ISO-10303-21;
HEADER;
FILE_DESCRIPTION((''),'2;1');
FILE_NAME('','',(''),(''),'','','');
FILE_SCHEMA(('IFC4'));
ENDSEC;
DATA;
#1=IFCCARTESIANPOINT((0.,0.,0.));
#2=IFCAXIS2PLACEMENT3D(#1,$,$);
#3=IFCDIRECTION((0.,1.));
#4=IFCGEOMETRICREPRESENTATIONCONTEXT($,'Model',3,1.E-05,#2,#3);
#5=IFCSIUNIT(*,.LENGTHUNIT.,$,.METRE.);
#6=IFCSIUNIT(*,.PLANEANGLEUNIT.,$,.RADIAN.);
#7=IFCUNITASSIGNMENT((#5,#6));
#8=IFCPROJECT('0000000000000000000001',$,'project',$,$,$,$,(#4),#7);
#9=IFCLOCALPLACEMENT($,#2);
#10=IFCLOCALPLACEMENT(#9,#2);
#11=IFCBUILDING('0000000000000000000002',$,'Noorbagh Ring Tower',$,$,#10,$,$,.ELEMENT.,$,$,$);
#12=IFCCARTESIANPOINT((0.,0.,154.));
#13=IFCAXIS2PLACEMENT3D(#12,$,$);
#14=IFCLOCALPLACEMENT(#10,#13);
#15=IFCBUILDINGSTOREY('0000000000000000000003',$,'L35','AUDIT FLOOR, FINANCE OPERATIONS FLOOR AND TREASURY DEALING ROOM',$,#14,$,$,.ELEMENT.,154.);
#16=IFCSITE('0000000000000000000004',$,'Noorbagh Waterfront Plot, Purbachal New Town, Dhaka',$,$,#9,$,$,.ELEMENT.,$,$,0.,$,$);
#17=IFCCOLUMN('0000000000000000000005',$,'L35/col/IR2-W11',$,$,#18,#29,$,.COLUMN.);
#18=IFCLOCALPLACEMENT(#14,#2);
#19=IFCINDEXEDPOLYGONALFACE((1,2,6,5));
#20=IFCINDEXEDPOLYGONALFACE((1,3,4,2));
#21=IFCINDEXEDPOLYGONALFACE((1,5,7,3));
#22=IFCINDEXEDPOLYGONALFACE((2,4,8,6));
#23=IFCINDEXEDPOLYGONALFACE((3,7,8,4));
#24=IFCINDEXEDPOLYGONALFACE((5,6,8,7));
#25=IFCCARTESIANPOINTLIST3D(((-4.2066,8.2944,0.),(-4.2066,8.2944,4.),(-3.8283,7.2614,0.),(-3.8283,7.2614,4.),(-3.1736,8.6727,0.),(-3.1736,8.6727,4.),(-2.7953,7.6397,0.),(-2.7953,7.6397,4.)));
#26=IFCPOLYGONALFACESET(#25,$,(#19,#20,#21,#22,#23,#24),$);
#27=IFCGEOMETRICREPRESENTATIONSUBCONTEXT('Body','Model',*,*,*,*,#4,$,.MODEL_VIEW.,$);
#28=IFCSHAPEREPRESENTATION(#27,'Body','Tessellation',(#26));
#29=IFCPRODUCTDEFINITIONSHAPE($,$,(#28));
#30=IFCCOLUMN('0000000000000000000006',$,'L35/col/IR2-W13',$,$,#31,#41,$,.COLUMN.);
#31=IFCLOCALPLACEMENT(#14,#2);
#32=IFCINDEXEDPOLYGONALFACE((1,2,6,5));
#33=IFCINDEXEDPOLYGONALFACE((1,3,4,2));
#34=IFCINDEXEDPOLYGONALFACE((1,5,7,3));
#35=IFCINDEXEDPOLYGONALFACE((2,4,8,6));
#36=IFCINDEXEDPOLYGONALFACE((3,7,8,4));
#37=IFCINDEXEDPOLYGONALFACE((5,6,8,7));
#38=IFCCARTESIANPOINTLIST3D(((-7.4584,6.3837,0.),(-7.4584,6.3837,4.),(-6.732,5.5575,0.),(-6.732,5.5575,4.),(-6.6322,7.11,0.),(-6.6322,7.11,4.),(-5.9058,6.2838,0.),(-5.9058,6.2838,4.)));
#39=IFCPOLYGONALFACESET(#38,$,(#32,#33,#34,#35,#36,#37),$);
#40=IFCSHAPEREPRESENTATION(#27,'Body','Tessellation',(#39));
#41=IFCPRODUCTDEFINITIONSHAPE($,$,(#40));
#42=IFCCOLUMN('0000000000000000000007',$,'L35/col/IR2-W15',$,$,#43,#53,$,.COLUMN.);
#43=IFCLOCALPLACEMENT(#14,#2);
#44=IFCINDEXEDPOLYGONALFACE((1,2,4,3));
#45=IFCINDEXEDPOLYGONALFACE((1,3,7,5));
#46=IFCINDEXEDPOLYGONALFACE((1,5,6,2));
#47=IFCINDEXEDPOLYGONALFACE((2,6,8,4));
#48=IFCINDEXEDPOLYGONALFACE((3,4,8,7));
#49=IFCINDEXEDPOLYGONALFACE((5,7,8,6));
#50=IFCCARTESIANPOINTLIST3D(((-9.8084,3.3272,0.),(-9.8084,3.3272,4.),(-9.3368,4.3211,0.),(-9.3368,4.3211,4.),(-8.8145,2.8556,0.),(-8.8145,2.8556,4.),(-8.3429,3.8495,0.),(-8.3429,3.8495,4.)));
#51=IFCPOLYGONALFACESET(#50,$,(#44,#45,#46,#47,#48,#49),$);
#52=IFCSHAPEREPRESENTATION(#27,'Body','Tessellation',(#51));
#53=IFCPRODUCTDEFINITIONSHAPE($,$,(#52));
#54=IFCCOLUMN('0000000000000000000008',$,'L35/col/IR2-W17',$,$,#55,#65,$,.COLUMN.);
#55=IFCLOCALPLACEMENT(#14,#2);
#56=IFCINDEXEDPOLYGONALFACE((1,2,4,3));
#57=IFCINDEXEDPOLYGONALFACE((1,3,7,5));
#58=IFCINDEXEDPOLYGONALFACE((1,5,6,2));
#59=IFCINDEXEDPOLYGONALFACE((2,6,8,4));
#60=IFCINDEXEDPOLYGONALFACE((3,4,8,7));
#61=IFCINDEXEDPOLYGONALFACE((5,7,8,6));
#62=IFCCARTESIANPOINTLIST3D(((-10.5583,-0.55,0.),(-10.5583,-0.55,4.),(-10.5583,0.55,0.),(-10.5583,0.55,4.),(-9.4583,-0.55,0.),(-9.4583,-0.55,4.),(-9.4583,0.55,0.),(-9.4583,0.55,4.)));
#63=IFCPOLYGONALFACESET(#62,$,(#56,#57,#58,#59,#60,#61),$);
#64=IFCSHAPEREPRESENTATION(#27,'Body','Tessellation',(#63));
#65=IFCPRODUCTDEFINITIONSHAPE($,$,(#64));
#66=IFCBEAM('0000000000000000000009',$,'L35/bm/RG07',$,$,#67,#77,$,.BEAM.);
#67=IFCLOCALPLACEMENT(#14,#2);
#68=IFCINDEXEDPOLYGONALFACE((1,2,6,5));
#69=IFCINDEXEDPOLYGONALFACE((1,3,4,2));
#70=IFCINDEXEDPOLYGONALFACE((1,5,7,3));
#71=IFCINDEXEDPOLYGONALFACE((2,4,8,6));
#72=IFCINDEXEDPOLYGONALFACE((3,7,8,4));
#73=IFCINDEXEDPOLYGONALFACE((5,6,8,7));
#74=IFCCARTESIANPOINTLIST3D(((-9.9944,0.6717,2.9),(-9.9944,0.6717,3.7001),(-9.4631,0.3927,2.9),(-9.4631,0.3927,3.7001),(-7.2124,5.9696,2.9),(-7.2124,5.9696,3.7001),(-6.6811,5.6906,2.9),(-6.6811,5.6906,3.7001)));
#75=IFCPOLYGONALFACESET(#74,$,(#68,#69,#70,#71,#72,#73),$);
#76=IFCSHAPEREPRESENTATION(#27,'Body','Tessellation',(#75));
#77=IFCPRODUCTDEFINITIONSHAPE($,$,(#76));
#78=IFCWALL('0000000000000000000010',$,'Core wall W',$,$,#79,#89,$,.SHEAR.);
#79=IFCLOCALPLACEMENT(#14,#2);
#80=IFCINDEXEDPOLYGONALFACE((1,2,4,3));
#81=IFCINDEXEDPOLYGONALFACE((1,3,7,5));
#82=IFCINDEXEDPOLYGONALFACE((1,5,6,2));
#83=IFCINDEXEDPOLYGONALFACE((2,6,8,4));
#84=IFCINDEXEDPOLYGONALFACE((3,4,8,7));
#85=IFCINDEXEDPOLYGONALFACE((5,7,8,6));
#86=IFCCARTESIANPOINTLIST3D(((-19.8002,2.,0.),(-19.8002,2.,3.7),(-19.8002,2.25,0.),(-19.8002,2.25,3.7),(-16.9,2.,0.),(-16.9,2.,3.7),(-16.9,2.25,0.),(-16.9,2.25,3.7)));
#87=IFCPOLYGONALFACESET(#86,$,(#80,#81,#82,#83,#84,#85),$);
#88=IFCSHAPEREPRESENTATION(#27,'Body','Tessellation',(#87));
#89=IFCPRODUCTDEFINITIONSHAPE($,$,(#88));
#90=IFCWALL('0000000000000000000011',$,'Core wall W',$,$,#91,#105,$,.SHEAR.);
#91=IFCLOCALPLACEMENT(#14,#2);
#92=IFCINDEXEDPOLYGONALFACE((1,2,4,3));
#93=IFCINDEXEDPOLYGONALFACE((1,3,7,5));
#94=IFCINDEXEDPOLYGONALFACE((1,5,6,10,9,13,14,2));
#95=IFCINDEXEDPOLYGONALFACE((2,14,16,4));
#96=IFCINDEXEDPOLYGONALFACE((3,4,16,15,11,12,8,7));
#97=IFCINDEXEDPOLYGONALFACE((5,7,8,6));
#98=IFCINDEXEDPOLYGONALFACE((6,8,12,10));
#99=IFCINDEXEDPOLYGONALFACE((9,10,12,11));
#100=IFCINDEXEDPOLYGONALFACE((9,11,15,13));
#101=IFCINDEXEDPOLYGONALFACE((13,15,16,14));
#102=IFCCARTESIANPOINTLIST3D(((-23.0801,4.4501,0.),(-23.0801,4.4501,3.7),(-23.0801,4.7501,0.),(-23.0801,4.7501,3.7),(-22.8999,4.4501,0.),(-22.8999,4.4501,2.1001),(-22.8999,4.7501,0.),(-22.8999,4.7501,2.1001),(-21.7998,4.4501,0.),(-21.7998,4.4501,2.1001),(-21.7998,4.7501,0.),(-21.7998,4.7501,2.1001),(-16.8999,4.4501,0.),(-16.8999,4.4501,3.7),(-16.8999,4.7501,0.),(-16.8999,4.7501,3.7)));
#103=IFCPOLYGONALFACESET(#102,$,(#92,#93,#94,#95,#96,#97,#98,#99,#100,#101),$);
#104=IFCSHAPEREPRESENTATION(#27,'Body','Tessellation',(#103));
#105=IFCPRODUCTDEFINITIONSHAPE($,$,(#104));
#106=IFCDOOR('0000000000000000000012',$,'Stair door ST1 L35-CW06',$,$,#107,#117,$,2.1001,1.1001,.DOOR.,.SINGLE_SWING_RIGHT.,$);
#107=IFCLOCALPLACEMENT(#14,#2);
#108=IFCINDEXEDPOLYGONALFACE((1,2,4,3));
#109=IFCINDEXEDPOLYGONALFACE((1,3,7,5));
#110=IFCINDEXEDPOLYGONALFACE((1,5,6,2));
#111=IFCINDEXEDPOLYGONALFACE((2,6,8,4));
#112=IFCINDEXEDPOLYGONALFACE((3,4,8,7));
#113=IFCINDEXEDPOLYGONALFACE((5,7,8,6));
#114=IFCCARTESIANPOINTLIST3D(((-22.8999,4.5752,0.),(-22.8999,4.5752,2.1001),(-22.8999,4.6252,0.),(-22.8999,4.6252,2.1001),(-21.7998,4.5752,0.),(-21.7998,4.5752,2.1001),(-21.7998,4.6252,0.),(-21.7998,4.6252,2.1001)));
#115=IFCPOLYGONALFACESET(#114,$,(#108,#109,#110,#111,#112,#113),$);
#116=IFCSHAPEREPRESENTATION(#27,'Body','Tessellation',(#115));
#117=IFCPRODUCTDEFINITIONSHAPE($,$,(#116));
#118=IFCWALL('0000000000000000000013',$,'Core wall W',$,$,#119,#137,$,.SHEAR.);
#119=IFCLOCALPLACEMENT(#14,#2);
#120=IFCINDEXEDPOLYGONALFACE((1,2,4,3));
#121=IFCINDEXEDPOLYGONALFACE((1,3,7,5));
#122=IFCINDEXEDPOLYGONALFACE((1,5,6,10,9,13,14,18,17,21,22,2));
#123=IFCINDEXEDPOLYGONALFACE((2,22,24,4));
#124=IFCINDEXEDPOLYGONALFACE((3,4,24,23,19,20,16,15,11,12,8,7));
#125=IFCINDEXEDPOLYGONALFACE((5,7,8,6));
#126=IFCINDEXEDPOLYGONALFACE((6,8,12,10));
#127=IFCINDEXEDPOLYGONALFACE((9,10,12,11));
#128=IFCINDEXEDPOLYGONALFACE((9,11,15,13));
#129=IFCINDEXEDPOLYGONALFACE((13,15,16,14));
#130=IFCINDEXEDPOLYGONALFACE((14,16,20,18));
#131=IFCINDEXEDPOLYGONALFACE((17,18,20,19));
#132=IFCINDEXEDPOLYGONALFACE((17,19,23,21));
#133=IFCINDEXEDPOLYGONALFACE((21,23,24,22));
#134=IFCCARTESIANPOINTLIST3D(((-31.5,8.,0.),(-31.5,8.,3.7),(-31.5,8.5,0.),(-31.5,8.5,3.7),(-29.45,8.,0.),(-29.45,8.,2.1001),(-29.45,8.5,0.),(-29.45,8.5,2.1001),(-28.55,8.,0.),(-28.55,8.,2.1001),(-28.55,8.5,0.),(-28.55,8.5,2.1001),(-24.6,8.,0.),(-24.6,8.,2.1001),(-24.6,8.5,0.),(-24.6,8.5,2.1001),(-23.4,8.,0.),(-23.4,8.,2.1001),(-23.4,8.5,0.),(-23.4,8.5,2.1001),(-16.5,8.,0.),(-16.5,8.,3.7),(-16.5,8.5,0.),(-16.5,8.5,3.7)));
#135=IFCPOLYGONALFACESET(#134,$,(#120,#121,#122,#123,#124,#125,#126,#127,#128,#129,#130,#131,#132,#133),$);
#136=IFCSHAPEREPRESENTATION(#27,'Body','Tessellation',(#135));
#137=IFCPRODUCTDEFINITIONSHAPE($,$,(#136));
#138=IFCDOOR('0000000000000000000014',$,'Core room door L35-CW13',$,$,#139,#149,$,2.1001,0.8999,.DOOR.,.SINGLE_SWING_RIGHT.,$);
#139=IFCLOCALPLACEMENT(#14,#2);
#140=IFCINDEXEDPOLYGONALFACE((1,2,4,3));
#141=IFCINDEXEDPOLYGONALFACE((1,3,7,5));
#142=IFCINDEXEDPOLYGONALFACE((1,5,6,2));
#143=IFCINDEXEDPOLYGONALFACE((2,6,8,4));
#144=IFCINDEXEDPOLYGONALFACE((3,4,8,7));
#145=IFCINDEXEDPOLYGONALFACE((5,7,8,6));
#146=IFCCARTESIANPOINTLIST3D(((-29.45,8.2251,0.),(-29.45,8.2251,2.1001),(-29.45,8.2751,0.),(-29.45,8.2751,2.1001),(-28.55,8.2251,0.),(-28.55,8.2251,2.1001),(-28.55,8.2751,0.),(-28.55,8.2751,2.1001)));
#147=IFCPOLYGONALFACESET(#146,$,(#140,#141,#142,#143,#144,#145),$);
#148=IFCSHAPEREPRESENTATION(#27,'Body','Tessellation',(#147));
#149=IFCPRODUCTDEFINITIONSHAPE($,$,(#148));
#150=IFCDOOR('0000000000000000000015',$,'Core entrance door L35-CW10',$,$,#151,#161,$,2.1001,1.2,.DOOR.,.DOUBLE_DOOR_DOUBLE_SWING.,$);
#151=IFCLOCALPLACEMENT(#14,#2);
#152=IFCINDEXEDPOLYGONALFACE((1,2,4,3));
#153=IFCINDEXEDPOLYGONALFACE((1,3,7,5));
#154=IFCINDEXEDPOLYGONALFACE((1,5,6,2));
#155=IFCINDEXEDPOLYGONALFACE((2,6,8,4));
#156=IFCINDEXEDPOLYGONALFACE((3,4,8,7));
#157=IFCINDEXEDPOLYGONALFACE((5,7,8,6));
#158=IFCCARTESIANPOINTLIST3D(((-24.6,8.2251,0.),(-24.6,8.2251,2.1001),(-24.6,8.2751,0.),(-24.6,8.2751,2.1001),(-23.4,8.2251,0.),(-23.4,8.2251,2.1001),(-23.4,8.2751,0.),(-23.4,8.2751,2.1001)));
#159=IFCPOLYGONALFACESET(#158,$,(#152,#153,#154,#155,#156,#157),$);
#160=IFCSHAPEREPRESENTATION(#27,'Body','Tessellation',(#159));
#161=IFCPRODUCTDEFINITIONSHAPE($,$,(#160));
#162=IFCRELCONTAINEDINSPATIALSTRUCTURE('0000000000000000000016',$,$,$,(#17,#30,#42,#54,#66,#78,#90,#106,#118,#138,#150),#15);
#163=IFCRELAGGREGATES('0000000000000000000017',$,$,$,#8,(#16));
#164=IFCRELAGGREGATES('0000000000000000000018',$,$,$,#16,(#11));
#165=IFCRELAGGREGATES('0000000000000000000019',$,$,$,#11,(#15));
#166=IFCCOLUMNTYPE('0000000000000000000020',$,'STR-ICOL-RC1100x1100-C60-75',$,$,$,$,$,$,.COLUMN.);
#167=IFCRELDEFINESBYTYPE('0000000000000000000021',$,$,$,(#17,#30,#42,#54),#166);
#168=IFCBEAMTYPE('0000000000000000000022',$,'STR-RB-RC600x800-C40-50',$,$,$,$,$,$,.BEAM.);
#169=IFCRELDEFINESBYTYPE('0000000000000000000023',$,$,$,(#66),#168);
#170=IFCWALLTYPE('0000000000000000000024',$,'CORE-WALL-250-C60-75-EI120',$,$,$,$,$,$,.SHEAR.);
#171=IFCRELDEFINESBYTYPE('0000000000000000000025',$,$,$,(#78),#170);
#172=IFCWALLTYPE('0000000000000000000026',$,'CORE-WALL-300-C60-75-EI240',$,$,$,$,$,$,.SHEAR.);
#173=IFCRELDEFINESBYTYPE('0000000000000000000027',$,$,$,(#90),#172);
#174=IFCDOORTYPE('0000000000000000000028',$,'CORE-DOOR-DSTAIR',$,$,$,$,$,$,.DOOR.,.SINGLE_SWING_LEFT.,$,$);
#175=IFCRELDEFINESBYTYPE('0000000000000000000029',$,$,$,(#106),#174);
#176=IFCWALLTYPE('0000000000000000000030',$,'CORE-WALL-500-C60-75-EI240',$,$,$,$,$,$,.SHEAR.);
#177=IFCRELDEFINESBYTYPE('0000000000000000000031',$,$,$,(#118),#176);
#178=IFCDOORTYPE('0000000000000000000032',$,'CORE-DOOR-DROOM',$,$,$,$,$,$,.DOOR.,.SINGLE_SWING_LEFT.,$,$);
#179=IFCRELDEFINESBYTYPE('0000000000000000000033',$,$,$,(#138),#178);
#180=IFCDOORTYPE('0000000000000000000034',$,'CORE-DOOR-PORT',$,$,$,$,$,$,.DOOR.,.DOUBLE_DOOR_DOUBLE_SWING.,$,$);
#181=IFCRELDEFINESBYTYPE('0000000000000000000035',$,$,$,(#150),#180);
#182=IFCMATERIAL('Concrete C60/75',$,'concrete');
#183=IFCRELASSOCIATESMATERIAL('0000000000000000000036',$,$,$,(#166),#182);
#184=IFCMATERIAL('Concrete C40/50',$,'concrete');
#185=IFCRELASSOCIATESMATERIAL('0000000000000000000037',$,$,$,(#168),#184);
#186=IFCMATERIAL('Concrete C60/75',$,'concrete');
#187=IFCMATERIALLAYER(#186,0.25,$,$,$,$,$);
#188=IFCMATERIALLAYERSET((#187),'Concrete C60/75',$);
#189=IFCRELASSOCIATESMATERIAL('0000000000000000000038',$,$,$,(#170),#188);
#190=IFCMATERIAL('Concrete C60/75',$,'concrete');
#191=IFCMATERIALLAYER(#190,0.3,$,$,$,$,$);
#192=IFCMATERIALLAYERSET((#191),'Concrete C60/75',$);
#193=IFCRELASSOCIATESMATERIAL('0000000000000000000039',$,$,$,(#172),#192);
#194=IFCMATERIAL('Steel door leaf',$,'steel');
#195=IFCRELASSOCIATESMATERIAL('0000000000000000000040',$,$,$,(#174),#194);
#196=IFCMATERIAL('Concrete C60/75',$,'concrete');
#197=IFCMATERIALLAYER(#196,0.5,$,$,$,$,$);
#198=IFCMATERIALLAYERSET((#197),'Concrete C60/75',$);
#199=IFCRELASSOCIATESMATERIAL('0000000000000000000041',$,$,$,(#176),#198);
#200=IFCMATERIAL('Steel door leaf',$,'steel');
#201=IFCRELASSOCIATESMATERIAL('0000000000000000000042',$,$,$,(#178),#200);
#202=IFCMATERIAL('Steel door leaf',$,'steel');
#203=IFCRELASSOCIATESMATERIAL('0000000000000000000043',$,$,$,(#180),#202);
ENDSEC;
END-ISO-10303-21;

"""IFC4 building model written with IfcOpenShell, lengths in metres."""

from ifc_helpers import new_model, si_unit, direction, frame, frame_2d, origin, origin_2d, place, context, subcontext, project, spatial, rectangle, extrude, material, layer, layer_set, material_profile, profile_set, type_object, element, fill, save


model = new_model("IFC4")

# Units and contexts
model_context = context("Model", 3, precision=1e-05, world=origin(), true_north=direction((0.0, 1.0)))
body_context = subcontext(model_context, "Body", "Model", "MODEL_VIEW")
ifc_project = project(units=[si_unit("LENGTHUNIT", "METRE"), si_unit("PLANEANGLEUNIT", "RADIAN")], contexts=[model_context])

# Site, building, storey
site_placement = place(None, origin())
site = spatial("IfcSite", under=ifc_project, at=site_placement, Name="Noorbagh Waterfront Plot, Purbachal New Town, Dhaka", CompositionType="ELEMENT", RefElevation=0.0)
building_placement = place(site_placement, origin())
building = spatial("IfcBuilding", under=site, at=building_placement, Name="Noorbagh Ring Tower", CompositionType="ELEMENT")
storey_placement = place(building_placement, frame((0.0, 0.0, 154.0)))
storey = spatial("IfcBuildingStorey", under=building, at=storey_placement, Name="L35", Description="AUDIT FLOOR, FINANCE OPERATIONS FLOOR AND TREASURY DEALING ROOM", CompositionType="ELEMENT", Elevation=154.0)

# Columns
ifc_material_1 = material(Name="Concrete C60/75", Category="concrete")
ifc_material_profile_1 = material_profile(ifc_material_1, rectangle(XDim=1.1001, YDim=1.1001, at=origin_2d()), Name="RC1100x1100")
ifc_profile_set_1 = profile_set([ifc_material_profile_1], Name="Concrete C60/75")
column_type = type_object("IfcColumnType", Name="STR-ICOL-RC1100x1100-C60-75", PredefinedType="COLUMN", material=ifc_profile_set_1)
for number, where, z_axis, x_axis, name in (
    (1, (-3.501, 7.967, 0.0), (0.0, 0.0, 1.0), (-0.93902, -0.343864, 0.0), "L35/col/IR2-W11"),
    (2, (-6.6821, 6.3337, 0.0), (0.0, 0.0, 1.0), (-0.751022, -0.660277, 0.0), "L35/col/IR2-W13"),
    (3, (-9.0757, 3.5884, 0.0), (0.0, 0.0, 1.0), (-0.428667, -0.903463, 0.0), "L35/col/IR2-W15"),
    (4, (-10.0083, 0.0, 0.0), (0.0, 0.0, 1.0), (0.0, -1.0, 0.0), "L35/col/IR2-W17"),
):
    element("IfcColumn", number, at=place(storey_placement, frame(where, z_axis=z_axis, x_axis=x_axis)), inside=storey, type_object=column_type, Name=name, PredefinedType="COLUMN", context=body_context, shape_type="SweptSolid", body=[
        extrude(rectangle(XDim=1.1001, YDim=1.1001, at=origin_2d()), origin(), (0.0, 0.0, 1.0), 4.0),
    ])

# Beam
ifc_material_2 = material(Name="Concrete C40/50", Category="concrete")
ifc_material_profile_2 = material_profile(ifc_material_2, rectangle(XDim=0.6001, YDim=0.8, at=origin_2d()), Name="RC600x800")
ifc_profile_set_2 = profile_set([ifc_material_profile_2], Name="Concrete C40/50")
beam_type = type_object("IfcBeamType", Name="STR-RB-RC600x800-C40-50", PredefinedType="BEAM", material=ifc_profile_set_2)
beam_placement = place(storey_placement, frame((-6.9468, 5.8301, 3.3), z_axis=(-0.464914, -0.885356, 0.0), x_axis=(0.885356, -0.464914, 0.0)))
element("IfcBeam", 5, at=beam_placement, inside=storey, type_object=beam_type, Name="L35/bm/RG07", PredefinedType="BEAM", context=body_context, shape_type="SweptSolid", body=[
    extrude(rectangle(XDim=0.6001, YDim=0.8, at=origin_2d()), origin(), (0.0, 0.0, 1.0), 5.9839),
])

# Wall
ifc_material_3 = material(Name="Concrete C60/75", Category="concrete")
ifc_layer_1 = layer(ifc_material_3, 0.25)
ifc_layer_set_1 = layer_set([ifc_layer_1], Name="Concrete C60/75")
wall_type_1 = type_object("IfcWallType", Name="CORE-WALL-250-C60-75-EI120", PredefinedType="SHEAR", material=ifc_layer_set_1)
wall_1_placement = place(storey_placement, frame((-16.8999, 2.125, 0.0), z_axis=(0.0, 0.0, 1.0), x_axis=(-1.0, 0.0, 0.0)))
element("IfcWall", 6, at=wall_1_placement, inside=storey, type_object=wall_type_1, Name="Core wall W", PredefinedType="SHEAR", context=body_context, shape_type="SweptSolid", body=[
    extrude(rectangle(XDim=2.9001, YDim=0.25, at=frame_2d((1.4502, 0.0))), origin(), (0.0, 0.0, 1.0), 3.7),
])

# Wall, opening, door
ifc_material_4 = material(Name="Concrete C60/75", Category="concrete")
ifc_layer_2 = layer(ifc_material_4, 0.3)
ifc_layer_set_2 = layer_set([ifc_layer_2], Name="Concrete C60/75")
wall_type_2 = type_object("IfcWallType", Name="CORE-WALL-300-C60-75-EI240", PredefinedType="SHEAR", material=ifc_layer_set_2)
wall_2_placement = place(storey_placement, frame((-16.8999, 4.6001, 0.0), z_axis=(0.0, 0.0, 1.0), x_axis=(-1.0, 0.0, 0.0)))
wall_2 = element("IfcWall", 7, at=wall_2_placement, inside=storey, type_object=wall_type_2, Name="Core wall W", PredefinedType="SHEAR", context=body_context, shape_type="SweptSolid", body=[
    extrude(rectangle(XDim=6.1802, YDim=0.3, at=frame_2d((3.0901, 0.0))), origin(), (0.0, 0.0, 1.0), 3.7),
])
opening_1_placement = place(wall_2_placement, frame((4.8999, 0.0, 0.0)))
opening_1 = element("IfcOpeningElement", 8, at=opening_1_placement, cuts=wall_2, PredefinedType="OPENING", context=body_context, shape_type="SweptSolid", body=[
    extrude(rectangle(XDim=1.1001, YDim=2.1001, at=frame_2d((0.55, 1.05))), frame((0.0, 0.1602, 0.0), z_axis=(0.0, -1.0, 0.0), x_axis=(1.0, 0.0, 0.0)), (0.0, 0.0, 1.0), 0.3201),
])
ifc_material_5 = material(Name="Steel door leaf", Category="steel")
door_type_1 = type_object("IfcDoorType", Name="CORE-DOOR-DSTAIR", OperationType="SINGLE_SWING_LEFT", PredefinedType="DOOR", material=ifc_material_5)
door_1_placement = place(opening_1_placement, origin())
door_1 = element("IfcDoor", 9, at=door_1_placement, inside=storey, type_object=door_type_1, Name="Stair door ST1 L35-CW06", OperationType="SINGLE_SWING_RIGHT", OverallHeight=2.1001, OverallWidth=1.1001, PredefinedType="DOOR", context=body_context, shape_type="SweptSolid", body=[
    extrude(rectangle(XDim=1.1001, YDim=2.1001, at=frame_2d((0.55, 1.05))), frame((0.0, 0.0249, 0.0), z_axis=(0.0, -1.0, 0.0), x_axis=(1.0, 0.0, 0.0)), (0.0, 0.0, 1.0), 0.05),
])
fill(opening_1, door_1)

# Wall, openings, doors
ifc_material_6 = material(Name="Concrete C60/75", Category="concrete")
ifc_layer_3 = layer(ifc_material_6, 0.5)
ifc_layer_set_3 = layer_set([ifc_layer_3], Name="Concrete C60/75")
wall_type_3 = type_object("IfcWallType", Name="CORE-WALL-500-C60-75-EI240", PredefinedType="SHEAR", material=ifc_layer_set_3)
wall_3_placement = place(storey_placement, frame((-16.5, 8.25, 0.0), z_axis=(0.0, 0.0, 1.0), x_axis=(-1.0, 0.0, 0.0)))
wall_3 = element("IfcWall", 10, at=wall_3_placement, inside=storey, type_object=wall_type_3, Name="Core wall W", PredefinedType="SHEAR", context=body_context, shape_type="SweptSolid", body=[
    extrude(rectangle(XDim=15.0, YDim=0.5, at=frame_2d((7.5, 0.0))), origin(), (0.0, 0.0, 1.0), 3.7),
])
opening_2_placement = place(wall_3_placement, frame((6.8999, 0.0, 0.0)))
opening_2 = element("IfcOpeningElement", 11, at=opening_2_placement, cuts=wall_3, PredefinedType="OPENING", context=body_context, shape_type="SweptSolid", body=[
    extrude(rectangle(XDim=1.2, YDim=2.1001, at=frame_2d((0.6001, 1.05))), frame((0.0, 0.26, 0.0), z_axis=(0.0, -1.0, 0.0), x_axis=(1.0, 0.0, 0.0)), (0.0, 0.0, 1.0), 0.52),
])
opening_3_placement = place(wall_3_placement, frame((12.05, 0.0, 0.0)))
opening_3 = element("IfcOpeningElement", 12, at=opening_3_placement, cuts=wall_3, PredefinedType="OPENING", context=body_context, shape_type="SweptSolid", body=[
    extrude(rectangle(XDim=0.8999, YDim=2.1001, at=frame_2d((0.45, 1.05))), frame((0.0, 0.26, 0.0), z_axis=(0.0, -1.0, 0.0), x_axis=(1.0, 0.0, 0.0)), (0.0, 0.0, 1.0), 0.52),
])
ifc_material_7 = material(Name="Steel door leaf", Category="steel")
door_type_2 = type_object("IfcDoorType", Name="CORE-DOOR-DROOM", OperationType="SINGLE_SWING_LEFT", PredefinedType="DOOR", material=ifc_material_7)
door_2_placement = place(opening_3_placement, origin())
door_2 = element("IfcDoor", 13, at=door_2_placement, inside=storey, type_object=door_type_2, Name="Core room door L35-CW13", OperationType="SINGLE_SWING_RIGHT", OverallHeight=2.1001, OverallWidth=0.8999, PredefinedType="DOOR", context=body_context, shape_type="SweptSolid", body=[
    extrude(rectangle(XDim=0.8999, YDim=2.1001, at=frame_2d((0.45, 1.05))), frame((0.0, 0.0249, 0.0), z_axis=(0.0, -1.0, 0.0), x_axis=(1.0, 0.0, 0.0)), (0.0, 0.0, 1.0), 0.05),
])
fill(opening_3, door_2)
ifc_material_8 = material(Name="Steel door leaf", Category="steel")
door_type_3 = type_object("IfcDoorType", Name="CORE-DOOR-PORT", OperationType="DOUBLE_DOOR_DOUBLE_SWING", PredefinedType="DOOR", material=ifc_material_8)
door_3_placement = place(opening_2_placement, origin())
door_3 = element("IfcDoor", 14, at=door_3_placement, inside=storey, type_object=door_type_3, Name="Core entrance door L35-CW10", OperationType="DOUBLE_DOOR_DOUBLE_SWING", OverallHeight=2.1001, OverallWidth=1.2, PredefinedType="DOOR", context=body_context, shape_type="SweptSolid", body=[
    extrude(rectangle(XDim=1.2, YDim=2.1001, at=frame_2d((0.6001, 1.05))), frame((0.0, 0.0249, 0.0), z_axis=(0.0, -1.0, 0.0), x_axis=(1.0, 0.0, 0.0)), (0.0, 0.0, 1.0), 0.05),
])
fill(opening_2, door_3)

save(model, "model.ifc")
